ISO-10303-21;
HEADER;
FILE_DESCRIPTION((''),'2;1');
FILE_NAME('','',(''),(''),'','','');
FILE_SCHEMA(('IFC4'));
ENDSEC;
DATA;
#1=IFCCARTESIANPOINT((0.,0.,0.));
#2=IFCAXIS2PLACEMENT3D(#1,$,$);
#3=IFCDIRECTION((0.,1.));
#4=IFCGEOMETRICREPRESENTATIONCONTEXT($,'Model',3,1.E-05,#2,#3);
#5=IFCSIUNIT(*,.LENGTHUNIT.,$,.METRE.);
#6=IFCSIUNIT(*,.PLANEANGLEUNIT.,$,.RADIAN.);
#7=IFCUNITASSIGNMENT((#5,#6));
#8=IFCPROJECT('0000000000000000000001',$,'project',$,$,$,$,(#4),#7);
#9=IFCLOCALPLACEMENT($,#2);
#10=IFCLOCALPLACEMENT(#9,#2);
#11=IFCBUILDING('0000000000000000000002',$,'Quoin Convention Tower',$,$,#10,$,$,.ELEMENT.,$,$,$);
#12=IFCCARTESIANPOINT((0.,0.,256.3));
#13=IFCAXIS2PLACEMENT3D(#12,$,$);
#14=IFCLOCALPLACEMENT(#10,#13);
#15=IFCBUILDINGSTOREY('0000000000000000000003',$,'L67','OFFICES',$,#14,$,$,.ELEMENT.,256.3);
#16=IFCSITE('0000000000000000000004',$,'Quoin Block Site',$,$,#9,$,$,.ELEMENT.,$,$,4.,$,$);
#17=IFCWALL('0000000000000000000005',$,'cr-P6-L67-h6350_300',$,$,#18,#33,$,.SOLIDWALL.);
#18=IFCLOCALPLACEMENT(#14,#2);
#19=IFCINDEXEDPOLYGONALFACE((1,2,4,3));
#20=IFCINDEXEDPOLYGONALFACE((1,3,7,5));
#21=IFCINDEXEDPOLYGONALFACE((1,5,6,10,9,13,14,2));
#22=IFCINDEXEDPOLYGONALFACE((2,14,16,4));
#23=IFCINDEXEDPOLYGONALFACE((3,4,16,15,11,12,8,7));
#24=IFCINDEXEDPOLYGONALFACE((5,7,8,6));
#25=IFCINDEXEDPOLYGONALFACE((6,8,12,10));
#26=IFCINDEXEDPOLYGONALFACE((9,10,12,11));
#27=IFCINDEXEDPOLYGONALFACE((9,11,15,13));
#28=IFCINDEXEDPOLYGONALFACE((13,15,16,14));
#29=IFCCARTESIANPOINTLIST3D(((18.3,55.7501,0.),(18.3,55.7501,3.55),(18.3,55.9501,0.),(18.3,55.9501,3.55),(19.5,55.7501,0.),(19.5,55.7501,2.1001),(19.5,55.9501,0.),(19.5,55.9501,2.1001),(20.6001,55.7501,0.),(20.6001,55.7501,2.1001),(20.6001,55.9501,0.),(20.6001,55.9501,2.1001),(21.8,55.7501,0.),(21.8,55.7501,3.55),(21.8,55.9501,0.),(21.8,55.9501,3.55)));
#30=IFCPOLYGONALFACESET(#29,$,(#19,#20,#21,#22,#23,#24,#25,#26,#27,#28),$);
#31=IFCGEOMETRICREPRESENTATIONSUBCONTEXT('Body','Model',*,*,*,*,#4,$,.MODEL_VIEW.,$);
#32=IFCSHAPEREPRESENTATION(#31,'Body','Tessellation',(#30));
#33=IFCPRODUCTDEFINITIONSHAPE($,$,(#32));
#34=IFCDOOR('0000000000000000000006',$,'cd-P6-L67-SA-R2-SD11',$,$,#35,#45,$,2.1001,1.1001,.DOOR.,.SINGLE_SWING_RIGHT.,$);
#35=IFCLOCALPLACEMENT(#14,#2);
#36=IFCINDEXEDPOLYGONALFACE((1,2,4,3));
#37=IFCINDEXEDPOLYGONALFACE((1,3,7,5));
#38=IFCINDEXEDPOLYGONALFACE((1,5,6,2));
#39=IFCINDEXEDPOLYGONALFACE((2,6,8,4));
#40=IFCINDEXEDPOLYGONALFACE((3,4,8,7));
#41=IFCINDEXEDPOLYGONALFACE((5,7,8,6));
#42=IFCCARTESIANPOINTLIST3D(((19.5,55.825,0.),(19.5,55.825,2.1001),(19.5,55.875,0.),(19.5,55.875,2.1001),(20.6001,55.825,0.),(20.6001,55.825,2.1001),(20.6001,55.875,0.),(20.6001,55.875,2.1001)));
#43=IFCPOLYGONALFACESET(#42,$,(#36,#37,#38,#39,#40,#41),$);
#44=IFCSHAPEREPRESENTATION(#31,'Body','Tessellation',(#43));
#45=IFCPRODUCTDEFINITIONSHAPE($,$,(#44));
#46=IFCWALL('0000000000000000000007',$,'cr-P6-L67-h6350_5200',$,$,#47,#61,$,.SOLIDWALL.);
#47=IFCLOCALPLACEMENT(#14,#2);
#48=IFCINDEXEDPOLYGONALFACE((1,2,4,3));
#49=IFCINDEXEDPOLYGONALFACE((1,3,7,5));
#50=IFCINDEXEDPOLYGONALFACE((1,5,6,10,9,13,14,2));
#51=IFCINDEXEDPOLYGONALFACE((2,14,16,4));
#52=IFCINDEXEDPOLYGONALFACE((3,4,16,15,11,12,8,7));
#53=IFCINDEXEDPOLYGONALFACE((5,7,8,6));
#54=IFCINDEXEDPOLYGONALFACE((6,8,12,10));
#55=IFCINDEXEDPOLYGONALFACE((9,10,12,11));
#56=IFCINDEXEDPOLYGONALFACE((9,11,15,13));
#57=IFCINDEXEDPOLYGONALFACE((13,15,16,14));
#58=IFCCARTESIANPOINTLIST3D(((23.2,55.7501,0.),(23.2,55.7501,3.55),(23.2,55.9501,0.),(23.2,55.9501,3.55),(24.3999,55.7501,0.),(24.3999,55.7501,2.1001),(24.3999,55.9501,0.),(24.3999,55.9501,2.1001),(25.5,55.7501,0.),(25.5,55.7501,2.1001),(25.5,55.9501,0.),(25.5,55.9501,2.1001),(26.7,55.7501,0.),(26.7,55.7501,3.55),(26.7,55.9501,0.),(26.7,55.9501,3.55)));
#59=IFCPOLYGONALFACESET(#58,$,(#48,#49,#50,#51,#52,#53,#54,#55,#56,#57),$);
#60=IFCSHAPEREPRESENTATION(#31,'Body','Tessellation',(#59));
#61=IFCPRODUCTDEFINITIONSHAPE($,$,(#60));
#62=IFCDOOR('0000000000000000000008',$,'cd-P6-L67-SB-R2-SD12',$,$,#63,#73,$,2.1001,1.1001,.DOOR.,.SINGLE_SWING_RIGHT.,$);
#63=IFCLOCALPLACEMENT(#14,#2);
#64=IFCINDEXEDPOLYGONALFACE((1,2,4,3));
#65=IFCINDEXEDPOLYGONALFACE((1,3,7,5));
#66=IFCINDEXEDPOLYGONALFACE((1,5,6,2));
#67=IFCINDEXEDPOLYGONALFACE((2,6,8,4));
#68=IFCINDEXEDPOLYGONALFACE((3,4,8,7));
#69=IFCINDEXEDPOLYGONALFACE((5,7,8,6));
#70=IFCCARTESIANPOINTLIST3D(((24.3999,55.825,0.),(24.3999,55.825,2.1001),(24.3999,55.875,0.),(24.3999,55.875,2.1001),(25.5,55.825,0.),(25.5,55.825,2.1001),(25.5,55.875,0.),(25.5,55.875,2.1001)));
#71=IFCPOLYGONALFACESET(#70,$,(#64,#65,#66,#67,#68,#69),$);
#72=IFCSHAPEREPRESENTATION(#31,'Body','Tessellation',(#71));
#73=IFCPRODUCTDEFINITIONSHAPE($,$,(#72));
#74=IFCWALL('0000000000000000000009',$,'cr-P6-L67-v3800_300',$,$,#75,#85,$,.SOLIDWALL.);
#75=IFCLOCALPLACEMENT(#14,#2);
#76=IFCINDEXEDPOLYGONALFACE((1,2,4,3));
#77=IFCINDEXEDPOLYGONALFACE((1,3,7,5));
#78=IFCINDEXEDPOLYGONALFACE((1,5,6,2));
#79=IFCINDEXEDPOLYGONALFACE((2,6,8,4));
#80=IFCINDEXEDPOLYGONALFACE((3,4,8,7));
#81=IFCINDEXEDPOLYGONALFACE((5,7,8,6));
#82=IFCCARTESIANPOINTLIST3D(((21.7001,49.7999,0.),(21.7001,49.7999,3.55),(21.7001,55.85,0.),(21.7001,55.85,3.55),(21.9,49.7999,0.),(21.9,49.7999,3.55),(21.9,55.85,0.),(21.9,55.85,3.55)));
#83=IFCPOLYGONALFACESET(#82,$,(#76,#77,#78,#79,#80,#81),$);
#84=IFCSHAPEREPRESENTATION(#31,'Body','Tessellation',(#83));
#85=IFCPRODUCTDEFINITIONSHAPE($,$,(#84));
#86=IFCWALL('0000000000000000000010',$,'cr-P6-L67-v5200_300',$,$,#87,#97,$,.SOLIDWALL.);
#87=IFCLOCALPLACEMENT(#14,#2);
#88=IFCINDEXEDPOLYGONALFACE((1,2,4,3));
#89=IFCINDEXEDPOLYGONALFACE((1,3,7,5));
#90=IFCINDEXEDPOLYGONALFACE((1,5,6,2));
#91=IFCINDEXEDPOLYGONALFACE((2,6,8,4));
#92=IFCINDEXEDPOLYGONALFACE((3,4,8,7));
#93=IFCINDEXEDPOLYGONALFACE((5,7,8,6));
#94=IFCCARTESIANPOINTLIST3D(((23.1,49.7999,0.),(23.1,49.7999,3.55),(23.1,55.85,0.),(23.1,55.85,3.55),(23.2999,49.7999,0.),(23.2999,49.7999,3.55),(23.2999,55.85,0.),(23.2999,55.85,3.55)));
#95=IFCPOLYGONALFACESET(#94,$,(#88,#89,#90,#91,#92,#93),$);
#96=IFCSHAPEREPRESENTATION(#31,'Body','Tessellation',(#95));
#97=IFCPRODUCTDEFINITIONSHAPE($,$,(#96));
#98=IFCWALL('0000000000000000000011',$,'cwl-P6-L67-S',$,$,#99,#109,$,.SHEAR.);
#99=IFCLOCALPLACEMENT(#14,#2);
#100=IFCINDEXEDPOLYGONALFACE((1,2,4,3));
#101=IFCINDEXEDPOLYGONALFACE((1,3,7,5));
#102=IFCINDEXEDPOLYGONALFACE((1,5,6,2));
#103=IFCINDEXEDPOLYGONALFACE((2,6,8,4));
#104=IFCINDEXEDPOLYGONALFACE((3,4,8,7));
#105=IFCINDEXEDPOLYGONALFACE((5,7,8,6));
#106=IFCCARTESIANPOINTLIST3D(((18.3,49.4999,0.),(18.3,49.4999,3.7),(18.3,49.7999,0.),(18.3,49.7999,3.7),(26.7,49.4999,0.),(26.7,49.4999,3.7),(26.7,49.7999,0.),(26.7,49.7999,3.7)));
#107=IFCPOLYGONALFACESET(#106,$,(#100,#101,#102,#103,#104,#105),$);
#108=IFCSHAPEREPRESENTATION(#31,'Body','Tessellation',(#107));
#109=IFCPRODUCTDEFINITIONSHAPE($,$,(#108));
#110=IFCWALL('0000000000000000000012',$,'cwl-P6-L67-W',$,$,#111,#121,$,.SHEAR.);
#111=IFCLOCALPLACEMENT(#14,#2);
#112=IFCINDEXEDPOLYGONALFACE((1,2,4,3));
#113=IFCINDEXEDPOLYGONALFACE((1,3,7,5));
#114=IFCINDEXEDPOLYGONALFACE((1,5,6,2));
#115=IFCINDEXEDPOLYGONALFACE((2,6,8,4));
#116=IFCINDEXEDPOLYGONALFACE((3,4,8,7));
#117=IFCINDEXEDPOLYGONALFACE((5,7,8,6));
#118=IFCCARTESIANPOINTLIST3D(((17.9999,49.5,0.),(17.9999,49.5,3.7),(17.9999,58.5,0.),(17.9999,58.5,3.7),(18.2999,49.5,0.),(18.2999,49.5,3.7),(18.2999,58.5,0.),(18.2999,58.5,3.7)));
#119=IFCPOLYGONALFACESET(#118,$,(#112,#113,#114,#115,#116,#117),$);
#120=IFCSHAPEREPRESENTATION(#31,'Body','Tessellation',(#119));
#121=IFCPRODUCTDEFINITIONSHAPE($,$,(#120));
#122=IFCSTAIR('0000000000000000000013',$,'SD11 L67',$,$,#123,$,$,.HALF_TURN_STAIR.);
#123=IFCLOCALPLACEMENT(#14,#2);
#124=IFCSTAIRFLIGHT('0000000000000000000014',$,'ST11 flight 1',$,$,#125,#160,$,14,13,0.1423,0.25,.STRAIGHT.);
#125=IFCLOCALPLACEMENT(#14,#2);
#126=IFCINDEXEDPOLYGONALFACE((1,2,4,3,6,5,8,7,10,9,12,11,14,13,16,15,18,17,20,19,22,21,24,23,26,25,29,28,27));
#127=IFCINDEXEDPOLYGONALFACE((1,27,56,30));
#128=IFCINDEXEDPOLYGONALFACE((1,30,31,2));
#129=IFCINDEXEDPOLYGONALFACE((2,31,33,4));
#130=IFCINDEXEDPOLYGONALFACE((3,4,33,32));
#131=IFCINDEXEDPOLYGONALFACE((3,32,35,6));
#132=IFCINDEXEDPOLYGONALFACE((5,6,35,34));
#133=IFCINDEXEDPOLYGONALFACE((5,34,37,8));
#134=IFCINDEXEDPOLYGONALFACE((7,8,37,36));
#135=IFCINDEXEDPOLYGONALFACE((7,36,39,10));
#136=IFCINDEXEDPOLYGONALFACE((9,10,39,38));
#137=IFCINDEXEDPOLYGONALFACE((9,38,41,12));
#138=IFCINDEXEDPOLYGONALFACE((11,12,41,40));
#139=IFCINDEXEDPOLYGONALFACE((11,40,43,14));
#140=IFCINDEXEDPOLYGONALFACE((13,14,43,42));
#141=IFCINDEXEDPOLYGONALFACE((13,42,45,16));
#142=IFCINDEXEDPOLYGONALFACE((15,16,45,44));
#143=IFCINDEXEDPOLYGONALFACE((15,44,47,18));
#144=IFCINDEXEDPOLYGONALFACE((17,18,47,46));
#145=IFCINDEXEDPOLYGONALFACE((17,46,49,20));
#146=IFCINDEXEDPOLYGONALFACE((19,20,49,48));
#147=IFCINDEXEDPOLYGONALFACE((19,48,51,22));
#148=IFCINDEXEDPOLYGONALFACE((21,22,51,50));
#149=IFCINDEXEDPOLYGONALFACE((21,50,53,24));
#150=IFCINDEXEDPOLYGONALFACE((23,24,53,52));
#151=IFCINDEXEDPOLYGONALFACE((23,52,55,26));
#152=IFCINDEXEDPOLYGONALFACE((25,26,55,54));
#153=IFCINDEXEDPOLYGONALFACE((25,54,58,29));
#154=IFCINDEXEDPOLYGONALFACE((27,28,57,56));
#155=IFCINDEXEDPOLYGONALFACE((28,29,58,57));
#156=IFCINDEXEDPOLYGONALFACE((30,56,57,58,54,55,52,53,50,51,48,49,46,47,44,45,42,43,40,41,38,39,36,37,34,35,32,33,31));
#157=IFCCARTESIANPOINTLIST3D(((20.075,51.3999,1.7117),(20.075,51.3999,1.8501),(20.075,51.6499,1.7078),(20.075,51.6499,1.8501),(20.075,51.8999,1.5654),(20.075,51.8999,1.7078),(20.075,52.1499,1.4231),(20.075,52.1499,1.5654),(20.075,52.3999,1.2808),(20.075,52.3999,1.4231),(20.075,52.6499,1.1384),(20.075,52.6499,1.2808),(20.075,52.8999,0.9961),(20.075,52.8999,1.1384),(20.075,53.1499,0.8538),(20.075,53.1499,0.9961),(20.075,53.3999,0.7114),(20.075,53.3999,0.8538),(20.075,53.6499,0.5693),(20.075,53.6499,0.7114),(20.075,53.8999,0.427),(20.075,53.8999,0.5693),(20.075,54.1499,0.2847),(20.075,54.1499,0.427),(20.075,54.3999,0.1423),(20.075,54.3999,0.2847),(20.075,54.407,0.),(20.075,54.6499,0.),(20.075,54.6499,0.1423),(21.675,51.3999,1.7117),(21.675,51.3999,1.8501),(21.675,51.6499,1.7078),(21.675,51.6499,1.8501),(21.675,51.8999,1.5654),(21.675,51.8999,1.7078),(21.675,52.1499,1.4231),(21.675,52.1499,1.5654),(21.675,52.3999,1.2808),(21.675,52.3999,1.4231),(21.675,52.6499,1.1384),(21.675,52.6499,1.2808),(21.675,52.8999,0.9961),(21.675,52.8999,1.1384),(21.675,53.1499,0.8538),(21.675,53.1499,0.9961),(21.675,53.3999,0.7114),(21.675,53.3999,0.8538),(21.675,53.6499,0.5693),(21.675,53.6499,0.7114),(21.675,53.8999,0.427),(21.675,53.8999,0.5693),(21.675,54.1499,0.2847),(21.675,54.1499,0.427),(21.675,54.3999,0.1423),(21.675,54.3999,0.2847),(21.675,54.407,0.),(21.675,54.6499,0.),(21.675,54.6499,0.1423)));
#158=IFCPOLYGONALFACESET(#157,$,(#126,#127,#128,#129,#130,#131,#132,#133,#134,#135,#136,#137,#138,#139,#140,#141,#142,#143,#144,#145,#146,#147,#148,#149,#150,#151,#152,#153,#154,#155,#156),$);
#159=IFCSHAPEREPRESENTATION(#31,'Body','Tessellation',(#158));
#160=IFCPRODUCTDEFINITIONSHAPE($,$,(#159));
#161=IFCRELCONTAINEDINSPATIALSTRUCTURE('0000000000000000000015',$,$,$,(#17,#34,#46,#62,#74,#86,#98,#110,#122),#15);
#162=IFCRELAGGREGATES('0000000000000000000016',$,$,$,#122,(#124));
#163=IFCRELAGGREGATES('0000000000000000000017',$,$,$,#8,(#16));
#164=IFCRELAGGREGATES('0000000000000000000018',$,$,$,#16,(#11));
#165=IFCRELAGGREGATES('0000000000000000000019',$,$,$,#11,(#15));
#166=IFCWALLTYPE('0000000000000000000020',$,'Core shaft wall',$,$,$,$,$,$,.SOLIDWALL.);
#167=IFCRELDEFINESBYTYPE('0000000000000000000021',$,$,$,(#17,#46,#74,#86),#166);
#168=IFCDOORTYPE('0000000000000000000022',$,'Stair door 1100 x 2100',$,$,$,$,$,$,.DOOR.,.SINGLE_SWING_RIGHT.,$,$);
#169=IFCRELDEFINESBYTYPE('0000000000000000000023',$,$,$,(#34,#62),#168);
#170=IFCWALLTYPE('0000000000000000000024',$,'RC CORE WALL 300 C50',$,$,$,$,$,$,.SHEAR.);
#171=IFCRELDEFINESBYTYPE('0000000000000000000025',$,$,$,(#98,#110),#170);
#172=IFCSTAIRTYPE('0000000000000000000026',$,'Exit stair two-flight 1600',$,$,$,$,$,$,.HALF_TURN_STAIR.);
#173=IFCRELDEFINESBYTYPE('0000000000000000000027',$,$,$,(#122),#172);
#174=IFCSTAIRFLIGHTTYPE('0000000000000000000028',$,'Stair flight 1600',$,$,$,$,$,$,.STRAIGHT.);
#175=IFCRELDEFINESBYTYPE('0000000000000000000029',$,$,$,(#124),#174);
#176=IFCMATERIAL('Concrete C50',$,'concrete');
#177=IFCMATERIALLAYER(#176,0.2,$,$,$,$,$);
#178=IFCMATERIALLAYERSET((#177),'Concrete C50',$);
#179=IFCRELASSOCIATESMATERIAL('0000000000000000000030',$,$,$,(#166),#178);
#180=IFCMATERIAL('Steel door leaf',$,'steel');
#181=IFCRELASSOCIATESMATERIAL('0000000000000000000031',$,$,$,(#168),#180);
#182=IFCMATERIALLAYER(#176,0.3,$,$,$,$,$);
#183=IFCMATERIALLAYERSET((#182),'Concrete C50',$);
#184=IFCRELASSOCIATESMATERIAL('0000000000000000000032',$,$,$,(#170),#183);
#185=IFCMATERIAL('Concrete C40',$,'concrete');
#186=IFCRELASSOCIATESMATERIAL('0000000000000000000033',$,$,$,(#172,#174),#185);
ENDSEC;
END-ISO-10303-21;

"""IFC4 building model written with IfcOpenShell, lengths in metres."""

from ifc_helpers import new_model, si_unit, direction, frame, frame_2d, origin, place, context, subcontext, project, spatial, polyline, rectangle, outline, extrude, material, layer, layer_set, type_object, element, fill, aggregate, save


model = new_model("IFC4")

# Units and contexts
model_context = context("Model", 3, precision=1e-05, world=origin(), true_north=direction((0.0, 1.0)))
body_context = subcontext(model_context, "Body", "Model", "MODEL_VIEW")
ifc_project = project(units=[si_unit("LENGTHUNIT", "METRE"), si_unit("PLANEANGLEUNIT", "RADIAN")], contexts=[model_context])

# Site, building, storey
site_placement = place(None, origin())
site = spatial("IfcSite", under=ifc_project, at=site_placement, Name="Quoin Block Site", CompositionType="ELEMENT", RefElevation=4.0)
building_placement = place(site_placement, origin())
building = spatial("IfcBuilding", under=site, at=building_placement, Name="Quoin Convention Tower", CompositionType="ELEMENT")
storey_placement = place(building_placement, frame((0.0, 0.0, 256.3)))
storey = spatial("IfcBuildingStorey", under=building, at=storey_placement, Name="L67", Description="OFFICES", CompositionType="ELEMENT", Elevation=256.3)

# Shared definitions
ifc_material_1 = material(Name="Concrete C50", Category="concrete")

# Shared definitions
ifc_layer_1 = layer(ifc_material_1, 0.2)
ifc_layer_set_1 = layer_set([ifc_layer_1], Name="Concrete C50")
wall_type_1 = type_object("IfcWallType", Name="Core shaft wall", PredefinedType="SOLIDWALL", material=ifc_layer_set_1)

# Walls, openings, doors
wall_1_placement = place(storey_placement, frame((18.3, 55.8501, 0.0), z_axis=(0.0, 0.0, 1.0), x_axis=(1.0, 0.0, 0.0)))
wall_1 = element("IfcWall", 1, at=wall_1_placement, inside=storey, type_object=wall_type_1, Name="cr-P6-L67-h6350_300", PredefinedType="SOLIDWALL", context=body_context, shape_type="SweptSolid", body=[
    extrude(rectangle(XDim=3.5, YDim=0.2, at=frame_2d((1.75, 0.0))), origin(), (0.0, 0.0, 1.0), 3.55),
])
opening_1_placement = place(wall_1_placement, frame((1.2, 0.0, 0.0)))
opening_1 = element("IfcOpeningElement", 2, at=opening_1_placement, cuts=wall_1, PredefinedType="OPENING", context=body_context, shape_type="SweptSolid", body=[
    extrude(rectangle(XDim=1.1001, YDim=2.1001, at=frame_2d((0.55, 1.05))), frame((0.0, 0.1099, 0.0), z_axis=(0.0, -1.0, 0.0), x_axis=(1.0, 0.0, 0.0)), (0.0, 0.0, 1.0), 0.22),
])
ifc_material_2 = material(Name="Steel door leaf", Category="steel")
door_type = type_object("IfcDoorType", Name="Stair door 1100 x 2100", OperationType="SINGLE_SWING_RIGHT", PredefinedType="DOOR", material=ifc_material_2)
door_1_placement = place(opening_1_placement, origin())
door_1 = element("IfcDoor", 3, at=door_1_placement, inside=storey, type_object=door_type, Name="cd-P6-L67-SA-R2-SD11", OperationType="SINGLE_SWING_RIGHT", OverallHeight=2.1001, OverallWidth=1.1001, PredefinedType="DOOR", context=body_context, shape_type="SweptSolid", body=[
    extrude(rectangle(XDim=1.1001, YDim=2.1001, at=frame_2d((0.55, 1.05))), frame((0.0, 0.0249, 0.0), z_axis=(0.0, -1.0, 0.0), x_axis=(1.0, 0.0, 0.0)), (0.0, 0.0, 1.0), 0.05),
])
fill(opening_1, door_1)
wall_2_placement = place(storey_placement, frame((23.2, 55.8501, 0.0), z_axis=(0.0, 0.0, 1.0), x_axis=(1.0, 0.0, 0.0)))
wall_2 = element("IfcWall", 4, at=wall_2_placement, inside=storey, type_object=wall_type_1, Name="cr-P6-L67-h6350_5200", PredefinedType="SOLIDWALL", context=body_context, shape_type="SweptSolid", body=[
    extrude(rectangle(XDim=3.5, YDim=0.2, at=frame_2d((1.75, 0.0))), origin(), (0.0, 0.0, 1.0), 3.55),
])
opening_2_placement = place(wall_2_placement, frame((1.2, 0.0, 0.0)))
opening_2 = element("IfcOpeningElement", 5, at=opening_2_placement, cuts=wall_2, PredefinedType="OPENING", context=body_context, shape_type="SweptSolid", body=[
    extrude(rectangle(XDim=1.1001, YDim=2.1001, at=frame_2d((0.55, 1.05))), frame((0.0, 0.1099, 0.0), z_axis=(0.0, -1.0, 0.0), x_axis=(1.0, 0.0, 0.0)), (0.0, 0.0, 1.0), 0.22),
])
door_2_placement = place(opening_2_placement, origin())
door_2 = element("IfcDoor", 6, at=door_2_placement, inside=storey, type_object=door_type, Name="cd-P6-L67-SB-R2-SD12", OperationType="SINGLE_SWING_RIGHT", OverallHeight=2.1001, OverallWidth=1.1001, PredefinedType="DOOR", context=body_context, shape_type="SweptSolid", body=[
    extrude(rectangle(XDim=1.1001, YDim=2.1001, at=frame_2d((0.55, 1.05))), frame((0.0, 0.0249, 0.0), z_axis=(0.0, -1.0, 0.0), x_axis=(1.0, 0.0, 0.0)), (0.0, 0.0, 1.0), 0.05),
])
fill(opening_2, door_2)

# Walls
for number, where, z_axis, x_axis, name in (
    (7, (21.8, 49.8, 0.0), (0.0, 0.0, 1.0), (0.0, 1.0, 0.0), "cr-P6-L67-v3800_300"),
    (8, (23.2, 49.8, 0.0), (0.0, 0.0, 1.0), (0.0, 1.0, 0.0), "cr-P6-L67-v5200_300"),
):
    element("IfcWall", number, at=place(storey_placement, frame(where, z_axis=z_axis, x_axis=x_axis)), inside=storey, type_object=wall_type_1, Name=name, PredefinedType="SOLIDWALL", context=body_context, shape_type="SweptSolid", body=[
        extrude(rectangle(XDim=6.05, YDim=0.2, at=frame_2d((3.0249, 0.0))), origin(), (0.0, 0.0, 1.0), 3.55),
    ])
ifc_layer_2 = layer(ifc_material_1, 0.3)
ifc_layer_set_2 = layer_set([ifc_layer_2], Name="Concrete C50")
wall_type_2 = type_object("IfcWallType", Name="RC CORE WALL 300 C50", PredefinedType="SHEAR", material=ifc_layer_set_2)
wall_3_placement = place(storey_placement, frame((18.3, 49.6499, 0.0), z_axis=(0.0, 0.0, 1.0), x_axis=(1.0, 0.0, 0.0)))
element("IfcWall", 9, at=wall_3_placement, inside=storey, type_object=wall_type_2, Name="cwl-P6-L67-S", PredefinedType="SHEAR", context=body_context, shape_type="SweptSolid", body=[
    extrude(rectangle(XDim=8.3999, YDim=0.3, at=frame_2d((4.2, 0.0))), origin(), (0.0, 0.0, 1.0), 3.7),
])
wall_4_placement = place(storey_placement, frame((18.1499, 49.5, 0.0), z_axis=(0.0, 0.0, 1.0), x_axis=(0.0, 1.0, 0.0)))
element("IfcWall", 10, at=wall_4_placement, inside=storey, type_object=wall_type_2, Name="cwl-P6-L67-W", PredefinedType="SHEAR", context=body_context, shape_type="SweptSolid", body=[
    extrude(rectangle(XDim=9.0, YDim=0.3, at=frame_2d((4.5, 0.0))), origin(), (0.0, 0.0, 1.0), 3.7),
])

# Stair, stair flight
ifc_material_3 = material(Name="Concrete C40", Category="concrete")
stair_type = type_object("IfcStairType", Name="Exit stair two-flight 1600", PredefinedType="HALF_TURN_STAIR", material=ifc_material_3)
stair_1_placement = place(storey_placement, origin())
stair_1 = element("IfcStair", 11, at=stair_1_placement, inside=storey, type_object=stair_type, Name="SD11 L67", PredefinedType="HALF_TURN_STAIR")
stair_flight_type = type_object("IfcStairFlightType", Name="Stair flight 1600", PredefinedType="STRAIGHT", material=ifc_material_3)
stair_flight_1_placement = place(storey_placement, frame((20.875, 54.6499, 0.0), z_axis=(0.0, 0.0, 1.0), x_axis=(0.0, -1.0, 0.0)))
stair_flight_1 = element("IfcStairFlight", 12, at=stair_flight_1_placement, type_object=stair_flight_type, Name="ST11 flight 1", NumberOfRisers=14, NumberOfTreads=13, PredefinedType="STRAIGHT", RiserHeight=0.1423, TreadLength=0.25, context=body_context, shape_type="SweptSolid", body=[
    extrude(outline(polyline([(0.0, 0.0), (0.0, 0.1423), (0.25, 0.1423), (0.25, 0.2847), (0.5, 0.2847), (0.5, 0.427), (0.75, 0.427), (0.75, 0.5693), (1.0, 0.5693), (1.0, 0.7114), (1.25, 0.7114), (1.25, 0.8538), (1.5, 0.8538), (1.5, 0.9961), (1.75, 0.9961), (1.75, 1.1384), (2.0, 1.1384), (2.0, 1.2808), (2.25, 1.2808), (2.25, 1.4231), (2.5, 1.4231), (2.5, 1.5654), (2.75, 1.5654), (2.75, 1.7078), (3.0, 1.7078), (3.0, 1.8501), (3.25, 1.8501), (3.25, 1.9922), (3.25, 1.7117), (0.2429, 0.0), (0.0, 0.0)])), frame((0.0, 0.8, 0.0), z_axis=(0.0, -1.0, 0.0), x_axis=(1.0, 0.0, 0.0)), (0.0, 0.0, 1.0), 1.6001),
])
aggregate(stair_1, [stair_flight_1])

save(model, "model.ifc")
